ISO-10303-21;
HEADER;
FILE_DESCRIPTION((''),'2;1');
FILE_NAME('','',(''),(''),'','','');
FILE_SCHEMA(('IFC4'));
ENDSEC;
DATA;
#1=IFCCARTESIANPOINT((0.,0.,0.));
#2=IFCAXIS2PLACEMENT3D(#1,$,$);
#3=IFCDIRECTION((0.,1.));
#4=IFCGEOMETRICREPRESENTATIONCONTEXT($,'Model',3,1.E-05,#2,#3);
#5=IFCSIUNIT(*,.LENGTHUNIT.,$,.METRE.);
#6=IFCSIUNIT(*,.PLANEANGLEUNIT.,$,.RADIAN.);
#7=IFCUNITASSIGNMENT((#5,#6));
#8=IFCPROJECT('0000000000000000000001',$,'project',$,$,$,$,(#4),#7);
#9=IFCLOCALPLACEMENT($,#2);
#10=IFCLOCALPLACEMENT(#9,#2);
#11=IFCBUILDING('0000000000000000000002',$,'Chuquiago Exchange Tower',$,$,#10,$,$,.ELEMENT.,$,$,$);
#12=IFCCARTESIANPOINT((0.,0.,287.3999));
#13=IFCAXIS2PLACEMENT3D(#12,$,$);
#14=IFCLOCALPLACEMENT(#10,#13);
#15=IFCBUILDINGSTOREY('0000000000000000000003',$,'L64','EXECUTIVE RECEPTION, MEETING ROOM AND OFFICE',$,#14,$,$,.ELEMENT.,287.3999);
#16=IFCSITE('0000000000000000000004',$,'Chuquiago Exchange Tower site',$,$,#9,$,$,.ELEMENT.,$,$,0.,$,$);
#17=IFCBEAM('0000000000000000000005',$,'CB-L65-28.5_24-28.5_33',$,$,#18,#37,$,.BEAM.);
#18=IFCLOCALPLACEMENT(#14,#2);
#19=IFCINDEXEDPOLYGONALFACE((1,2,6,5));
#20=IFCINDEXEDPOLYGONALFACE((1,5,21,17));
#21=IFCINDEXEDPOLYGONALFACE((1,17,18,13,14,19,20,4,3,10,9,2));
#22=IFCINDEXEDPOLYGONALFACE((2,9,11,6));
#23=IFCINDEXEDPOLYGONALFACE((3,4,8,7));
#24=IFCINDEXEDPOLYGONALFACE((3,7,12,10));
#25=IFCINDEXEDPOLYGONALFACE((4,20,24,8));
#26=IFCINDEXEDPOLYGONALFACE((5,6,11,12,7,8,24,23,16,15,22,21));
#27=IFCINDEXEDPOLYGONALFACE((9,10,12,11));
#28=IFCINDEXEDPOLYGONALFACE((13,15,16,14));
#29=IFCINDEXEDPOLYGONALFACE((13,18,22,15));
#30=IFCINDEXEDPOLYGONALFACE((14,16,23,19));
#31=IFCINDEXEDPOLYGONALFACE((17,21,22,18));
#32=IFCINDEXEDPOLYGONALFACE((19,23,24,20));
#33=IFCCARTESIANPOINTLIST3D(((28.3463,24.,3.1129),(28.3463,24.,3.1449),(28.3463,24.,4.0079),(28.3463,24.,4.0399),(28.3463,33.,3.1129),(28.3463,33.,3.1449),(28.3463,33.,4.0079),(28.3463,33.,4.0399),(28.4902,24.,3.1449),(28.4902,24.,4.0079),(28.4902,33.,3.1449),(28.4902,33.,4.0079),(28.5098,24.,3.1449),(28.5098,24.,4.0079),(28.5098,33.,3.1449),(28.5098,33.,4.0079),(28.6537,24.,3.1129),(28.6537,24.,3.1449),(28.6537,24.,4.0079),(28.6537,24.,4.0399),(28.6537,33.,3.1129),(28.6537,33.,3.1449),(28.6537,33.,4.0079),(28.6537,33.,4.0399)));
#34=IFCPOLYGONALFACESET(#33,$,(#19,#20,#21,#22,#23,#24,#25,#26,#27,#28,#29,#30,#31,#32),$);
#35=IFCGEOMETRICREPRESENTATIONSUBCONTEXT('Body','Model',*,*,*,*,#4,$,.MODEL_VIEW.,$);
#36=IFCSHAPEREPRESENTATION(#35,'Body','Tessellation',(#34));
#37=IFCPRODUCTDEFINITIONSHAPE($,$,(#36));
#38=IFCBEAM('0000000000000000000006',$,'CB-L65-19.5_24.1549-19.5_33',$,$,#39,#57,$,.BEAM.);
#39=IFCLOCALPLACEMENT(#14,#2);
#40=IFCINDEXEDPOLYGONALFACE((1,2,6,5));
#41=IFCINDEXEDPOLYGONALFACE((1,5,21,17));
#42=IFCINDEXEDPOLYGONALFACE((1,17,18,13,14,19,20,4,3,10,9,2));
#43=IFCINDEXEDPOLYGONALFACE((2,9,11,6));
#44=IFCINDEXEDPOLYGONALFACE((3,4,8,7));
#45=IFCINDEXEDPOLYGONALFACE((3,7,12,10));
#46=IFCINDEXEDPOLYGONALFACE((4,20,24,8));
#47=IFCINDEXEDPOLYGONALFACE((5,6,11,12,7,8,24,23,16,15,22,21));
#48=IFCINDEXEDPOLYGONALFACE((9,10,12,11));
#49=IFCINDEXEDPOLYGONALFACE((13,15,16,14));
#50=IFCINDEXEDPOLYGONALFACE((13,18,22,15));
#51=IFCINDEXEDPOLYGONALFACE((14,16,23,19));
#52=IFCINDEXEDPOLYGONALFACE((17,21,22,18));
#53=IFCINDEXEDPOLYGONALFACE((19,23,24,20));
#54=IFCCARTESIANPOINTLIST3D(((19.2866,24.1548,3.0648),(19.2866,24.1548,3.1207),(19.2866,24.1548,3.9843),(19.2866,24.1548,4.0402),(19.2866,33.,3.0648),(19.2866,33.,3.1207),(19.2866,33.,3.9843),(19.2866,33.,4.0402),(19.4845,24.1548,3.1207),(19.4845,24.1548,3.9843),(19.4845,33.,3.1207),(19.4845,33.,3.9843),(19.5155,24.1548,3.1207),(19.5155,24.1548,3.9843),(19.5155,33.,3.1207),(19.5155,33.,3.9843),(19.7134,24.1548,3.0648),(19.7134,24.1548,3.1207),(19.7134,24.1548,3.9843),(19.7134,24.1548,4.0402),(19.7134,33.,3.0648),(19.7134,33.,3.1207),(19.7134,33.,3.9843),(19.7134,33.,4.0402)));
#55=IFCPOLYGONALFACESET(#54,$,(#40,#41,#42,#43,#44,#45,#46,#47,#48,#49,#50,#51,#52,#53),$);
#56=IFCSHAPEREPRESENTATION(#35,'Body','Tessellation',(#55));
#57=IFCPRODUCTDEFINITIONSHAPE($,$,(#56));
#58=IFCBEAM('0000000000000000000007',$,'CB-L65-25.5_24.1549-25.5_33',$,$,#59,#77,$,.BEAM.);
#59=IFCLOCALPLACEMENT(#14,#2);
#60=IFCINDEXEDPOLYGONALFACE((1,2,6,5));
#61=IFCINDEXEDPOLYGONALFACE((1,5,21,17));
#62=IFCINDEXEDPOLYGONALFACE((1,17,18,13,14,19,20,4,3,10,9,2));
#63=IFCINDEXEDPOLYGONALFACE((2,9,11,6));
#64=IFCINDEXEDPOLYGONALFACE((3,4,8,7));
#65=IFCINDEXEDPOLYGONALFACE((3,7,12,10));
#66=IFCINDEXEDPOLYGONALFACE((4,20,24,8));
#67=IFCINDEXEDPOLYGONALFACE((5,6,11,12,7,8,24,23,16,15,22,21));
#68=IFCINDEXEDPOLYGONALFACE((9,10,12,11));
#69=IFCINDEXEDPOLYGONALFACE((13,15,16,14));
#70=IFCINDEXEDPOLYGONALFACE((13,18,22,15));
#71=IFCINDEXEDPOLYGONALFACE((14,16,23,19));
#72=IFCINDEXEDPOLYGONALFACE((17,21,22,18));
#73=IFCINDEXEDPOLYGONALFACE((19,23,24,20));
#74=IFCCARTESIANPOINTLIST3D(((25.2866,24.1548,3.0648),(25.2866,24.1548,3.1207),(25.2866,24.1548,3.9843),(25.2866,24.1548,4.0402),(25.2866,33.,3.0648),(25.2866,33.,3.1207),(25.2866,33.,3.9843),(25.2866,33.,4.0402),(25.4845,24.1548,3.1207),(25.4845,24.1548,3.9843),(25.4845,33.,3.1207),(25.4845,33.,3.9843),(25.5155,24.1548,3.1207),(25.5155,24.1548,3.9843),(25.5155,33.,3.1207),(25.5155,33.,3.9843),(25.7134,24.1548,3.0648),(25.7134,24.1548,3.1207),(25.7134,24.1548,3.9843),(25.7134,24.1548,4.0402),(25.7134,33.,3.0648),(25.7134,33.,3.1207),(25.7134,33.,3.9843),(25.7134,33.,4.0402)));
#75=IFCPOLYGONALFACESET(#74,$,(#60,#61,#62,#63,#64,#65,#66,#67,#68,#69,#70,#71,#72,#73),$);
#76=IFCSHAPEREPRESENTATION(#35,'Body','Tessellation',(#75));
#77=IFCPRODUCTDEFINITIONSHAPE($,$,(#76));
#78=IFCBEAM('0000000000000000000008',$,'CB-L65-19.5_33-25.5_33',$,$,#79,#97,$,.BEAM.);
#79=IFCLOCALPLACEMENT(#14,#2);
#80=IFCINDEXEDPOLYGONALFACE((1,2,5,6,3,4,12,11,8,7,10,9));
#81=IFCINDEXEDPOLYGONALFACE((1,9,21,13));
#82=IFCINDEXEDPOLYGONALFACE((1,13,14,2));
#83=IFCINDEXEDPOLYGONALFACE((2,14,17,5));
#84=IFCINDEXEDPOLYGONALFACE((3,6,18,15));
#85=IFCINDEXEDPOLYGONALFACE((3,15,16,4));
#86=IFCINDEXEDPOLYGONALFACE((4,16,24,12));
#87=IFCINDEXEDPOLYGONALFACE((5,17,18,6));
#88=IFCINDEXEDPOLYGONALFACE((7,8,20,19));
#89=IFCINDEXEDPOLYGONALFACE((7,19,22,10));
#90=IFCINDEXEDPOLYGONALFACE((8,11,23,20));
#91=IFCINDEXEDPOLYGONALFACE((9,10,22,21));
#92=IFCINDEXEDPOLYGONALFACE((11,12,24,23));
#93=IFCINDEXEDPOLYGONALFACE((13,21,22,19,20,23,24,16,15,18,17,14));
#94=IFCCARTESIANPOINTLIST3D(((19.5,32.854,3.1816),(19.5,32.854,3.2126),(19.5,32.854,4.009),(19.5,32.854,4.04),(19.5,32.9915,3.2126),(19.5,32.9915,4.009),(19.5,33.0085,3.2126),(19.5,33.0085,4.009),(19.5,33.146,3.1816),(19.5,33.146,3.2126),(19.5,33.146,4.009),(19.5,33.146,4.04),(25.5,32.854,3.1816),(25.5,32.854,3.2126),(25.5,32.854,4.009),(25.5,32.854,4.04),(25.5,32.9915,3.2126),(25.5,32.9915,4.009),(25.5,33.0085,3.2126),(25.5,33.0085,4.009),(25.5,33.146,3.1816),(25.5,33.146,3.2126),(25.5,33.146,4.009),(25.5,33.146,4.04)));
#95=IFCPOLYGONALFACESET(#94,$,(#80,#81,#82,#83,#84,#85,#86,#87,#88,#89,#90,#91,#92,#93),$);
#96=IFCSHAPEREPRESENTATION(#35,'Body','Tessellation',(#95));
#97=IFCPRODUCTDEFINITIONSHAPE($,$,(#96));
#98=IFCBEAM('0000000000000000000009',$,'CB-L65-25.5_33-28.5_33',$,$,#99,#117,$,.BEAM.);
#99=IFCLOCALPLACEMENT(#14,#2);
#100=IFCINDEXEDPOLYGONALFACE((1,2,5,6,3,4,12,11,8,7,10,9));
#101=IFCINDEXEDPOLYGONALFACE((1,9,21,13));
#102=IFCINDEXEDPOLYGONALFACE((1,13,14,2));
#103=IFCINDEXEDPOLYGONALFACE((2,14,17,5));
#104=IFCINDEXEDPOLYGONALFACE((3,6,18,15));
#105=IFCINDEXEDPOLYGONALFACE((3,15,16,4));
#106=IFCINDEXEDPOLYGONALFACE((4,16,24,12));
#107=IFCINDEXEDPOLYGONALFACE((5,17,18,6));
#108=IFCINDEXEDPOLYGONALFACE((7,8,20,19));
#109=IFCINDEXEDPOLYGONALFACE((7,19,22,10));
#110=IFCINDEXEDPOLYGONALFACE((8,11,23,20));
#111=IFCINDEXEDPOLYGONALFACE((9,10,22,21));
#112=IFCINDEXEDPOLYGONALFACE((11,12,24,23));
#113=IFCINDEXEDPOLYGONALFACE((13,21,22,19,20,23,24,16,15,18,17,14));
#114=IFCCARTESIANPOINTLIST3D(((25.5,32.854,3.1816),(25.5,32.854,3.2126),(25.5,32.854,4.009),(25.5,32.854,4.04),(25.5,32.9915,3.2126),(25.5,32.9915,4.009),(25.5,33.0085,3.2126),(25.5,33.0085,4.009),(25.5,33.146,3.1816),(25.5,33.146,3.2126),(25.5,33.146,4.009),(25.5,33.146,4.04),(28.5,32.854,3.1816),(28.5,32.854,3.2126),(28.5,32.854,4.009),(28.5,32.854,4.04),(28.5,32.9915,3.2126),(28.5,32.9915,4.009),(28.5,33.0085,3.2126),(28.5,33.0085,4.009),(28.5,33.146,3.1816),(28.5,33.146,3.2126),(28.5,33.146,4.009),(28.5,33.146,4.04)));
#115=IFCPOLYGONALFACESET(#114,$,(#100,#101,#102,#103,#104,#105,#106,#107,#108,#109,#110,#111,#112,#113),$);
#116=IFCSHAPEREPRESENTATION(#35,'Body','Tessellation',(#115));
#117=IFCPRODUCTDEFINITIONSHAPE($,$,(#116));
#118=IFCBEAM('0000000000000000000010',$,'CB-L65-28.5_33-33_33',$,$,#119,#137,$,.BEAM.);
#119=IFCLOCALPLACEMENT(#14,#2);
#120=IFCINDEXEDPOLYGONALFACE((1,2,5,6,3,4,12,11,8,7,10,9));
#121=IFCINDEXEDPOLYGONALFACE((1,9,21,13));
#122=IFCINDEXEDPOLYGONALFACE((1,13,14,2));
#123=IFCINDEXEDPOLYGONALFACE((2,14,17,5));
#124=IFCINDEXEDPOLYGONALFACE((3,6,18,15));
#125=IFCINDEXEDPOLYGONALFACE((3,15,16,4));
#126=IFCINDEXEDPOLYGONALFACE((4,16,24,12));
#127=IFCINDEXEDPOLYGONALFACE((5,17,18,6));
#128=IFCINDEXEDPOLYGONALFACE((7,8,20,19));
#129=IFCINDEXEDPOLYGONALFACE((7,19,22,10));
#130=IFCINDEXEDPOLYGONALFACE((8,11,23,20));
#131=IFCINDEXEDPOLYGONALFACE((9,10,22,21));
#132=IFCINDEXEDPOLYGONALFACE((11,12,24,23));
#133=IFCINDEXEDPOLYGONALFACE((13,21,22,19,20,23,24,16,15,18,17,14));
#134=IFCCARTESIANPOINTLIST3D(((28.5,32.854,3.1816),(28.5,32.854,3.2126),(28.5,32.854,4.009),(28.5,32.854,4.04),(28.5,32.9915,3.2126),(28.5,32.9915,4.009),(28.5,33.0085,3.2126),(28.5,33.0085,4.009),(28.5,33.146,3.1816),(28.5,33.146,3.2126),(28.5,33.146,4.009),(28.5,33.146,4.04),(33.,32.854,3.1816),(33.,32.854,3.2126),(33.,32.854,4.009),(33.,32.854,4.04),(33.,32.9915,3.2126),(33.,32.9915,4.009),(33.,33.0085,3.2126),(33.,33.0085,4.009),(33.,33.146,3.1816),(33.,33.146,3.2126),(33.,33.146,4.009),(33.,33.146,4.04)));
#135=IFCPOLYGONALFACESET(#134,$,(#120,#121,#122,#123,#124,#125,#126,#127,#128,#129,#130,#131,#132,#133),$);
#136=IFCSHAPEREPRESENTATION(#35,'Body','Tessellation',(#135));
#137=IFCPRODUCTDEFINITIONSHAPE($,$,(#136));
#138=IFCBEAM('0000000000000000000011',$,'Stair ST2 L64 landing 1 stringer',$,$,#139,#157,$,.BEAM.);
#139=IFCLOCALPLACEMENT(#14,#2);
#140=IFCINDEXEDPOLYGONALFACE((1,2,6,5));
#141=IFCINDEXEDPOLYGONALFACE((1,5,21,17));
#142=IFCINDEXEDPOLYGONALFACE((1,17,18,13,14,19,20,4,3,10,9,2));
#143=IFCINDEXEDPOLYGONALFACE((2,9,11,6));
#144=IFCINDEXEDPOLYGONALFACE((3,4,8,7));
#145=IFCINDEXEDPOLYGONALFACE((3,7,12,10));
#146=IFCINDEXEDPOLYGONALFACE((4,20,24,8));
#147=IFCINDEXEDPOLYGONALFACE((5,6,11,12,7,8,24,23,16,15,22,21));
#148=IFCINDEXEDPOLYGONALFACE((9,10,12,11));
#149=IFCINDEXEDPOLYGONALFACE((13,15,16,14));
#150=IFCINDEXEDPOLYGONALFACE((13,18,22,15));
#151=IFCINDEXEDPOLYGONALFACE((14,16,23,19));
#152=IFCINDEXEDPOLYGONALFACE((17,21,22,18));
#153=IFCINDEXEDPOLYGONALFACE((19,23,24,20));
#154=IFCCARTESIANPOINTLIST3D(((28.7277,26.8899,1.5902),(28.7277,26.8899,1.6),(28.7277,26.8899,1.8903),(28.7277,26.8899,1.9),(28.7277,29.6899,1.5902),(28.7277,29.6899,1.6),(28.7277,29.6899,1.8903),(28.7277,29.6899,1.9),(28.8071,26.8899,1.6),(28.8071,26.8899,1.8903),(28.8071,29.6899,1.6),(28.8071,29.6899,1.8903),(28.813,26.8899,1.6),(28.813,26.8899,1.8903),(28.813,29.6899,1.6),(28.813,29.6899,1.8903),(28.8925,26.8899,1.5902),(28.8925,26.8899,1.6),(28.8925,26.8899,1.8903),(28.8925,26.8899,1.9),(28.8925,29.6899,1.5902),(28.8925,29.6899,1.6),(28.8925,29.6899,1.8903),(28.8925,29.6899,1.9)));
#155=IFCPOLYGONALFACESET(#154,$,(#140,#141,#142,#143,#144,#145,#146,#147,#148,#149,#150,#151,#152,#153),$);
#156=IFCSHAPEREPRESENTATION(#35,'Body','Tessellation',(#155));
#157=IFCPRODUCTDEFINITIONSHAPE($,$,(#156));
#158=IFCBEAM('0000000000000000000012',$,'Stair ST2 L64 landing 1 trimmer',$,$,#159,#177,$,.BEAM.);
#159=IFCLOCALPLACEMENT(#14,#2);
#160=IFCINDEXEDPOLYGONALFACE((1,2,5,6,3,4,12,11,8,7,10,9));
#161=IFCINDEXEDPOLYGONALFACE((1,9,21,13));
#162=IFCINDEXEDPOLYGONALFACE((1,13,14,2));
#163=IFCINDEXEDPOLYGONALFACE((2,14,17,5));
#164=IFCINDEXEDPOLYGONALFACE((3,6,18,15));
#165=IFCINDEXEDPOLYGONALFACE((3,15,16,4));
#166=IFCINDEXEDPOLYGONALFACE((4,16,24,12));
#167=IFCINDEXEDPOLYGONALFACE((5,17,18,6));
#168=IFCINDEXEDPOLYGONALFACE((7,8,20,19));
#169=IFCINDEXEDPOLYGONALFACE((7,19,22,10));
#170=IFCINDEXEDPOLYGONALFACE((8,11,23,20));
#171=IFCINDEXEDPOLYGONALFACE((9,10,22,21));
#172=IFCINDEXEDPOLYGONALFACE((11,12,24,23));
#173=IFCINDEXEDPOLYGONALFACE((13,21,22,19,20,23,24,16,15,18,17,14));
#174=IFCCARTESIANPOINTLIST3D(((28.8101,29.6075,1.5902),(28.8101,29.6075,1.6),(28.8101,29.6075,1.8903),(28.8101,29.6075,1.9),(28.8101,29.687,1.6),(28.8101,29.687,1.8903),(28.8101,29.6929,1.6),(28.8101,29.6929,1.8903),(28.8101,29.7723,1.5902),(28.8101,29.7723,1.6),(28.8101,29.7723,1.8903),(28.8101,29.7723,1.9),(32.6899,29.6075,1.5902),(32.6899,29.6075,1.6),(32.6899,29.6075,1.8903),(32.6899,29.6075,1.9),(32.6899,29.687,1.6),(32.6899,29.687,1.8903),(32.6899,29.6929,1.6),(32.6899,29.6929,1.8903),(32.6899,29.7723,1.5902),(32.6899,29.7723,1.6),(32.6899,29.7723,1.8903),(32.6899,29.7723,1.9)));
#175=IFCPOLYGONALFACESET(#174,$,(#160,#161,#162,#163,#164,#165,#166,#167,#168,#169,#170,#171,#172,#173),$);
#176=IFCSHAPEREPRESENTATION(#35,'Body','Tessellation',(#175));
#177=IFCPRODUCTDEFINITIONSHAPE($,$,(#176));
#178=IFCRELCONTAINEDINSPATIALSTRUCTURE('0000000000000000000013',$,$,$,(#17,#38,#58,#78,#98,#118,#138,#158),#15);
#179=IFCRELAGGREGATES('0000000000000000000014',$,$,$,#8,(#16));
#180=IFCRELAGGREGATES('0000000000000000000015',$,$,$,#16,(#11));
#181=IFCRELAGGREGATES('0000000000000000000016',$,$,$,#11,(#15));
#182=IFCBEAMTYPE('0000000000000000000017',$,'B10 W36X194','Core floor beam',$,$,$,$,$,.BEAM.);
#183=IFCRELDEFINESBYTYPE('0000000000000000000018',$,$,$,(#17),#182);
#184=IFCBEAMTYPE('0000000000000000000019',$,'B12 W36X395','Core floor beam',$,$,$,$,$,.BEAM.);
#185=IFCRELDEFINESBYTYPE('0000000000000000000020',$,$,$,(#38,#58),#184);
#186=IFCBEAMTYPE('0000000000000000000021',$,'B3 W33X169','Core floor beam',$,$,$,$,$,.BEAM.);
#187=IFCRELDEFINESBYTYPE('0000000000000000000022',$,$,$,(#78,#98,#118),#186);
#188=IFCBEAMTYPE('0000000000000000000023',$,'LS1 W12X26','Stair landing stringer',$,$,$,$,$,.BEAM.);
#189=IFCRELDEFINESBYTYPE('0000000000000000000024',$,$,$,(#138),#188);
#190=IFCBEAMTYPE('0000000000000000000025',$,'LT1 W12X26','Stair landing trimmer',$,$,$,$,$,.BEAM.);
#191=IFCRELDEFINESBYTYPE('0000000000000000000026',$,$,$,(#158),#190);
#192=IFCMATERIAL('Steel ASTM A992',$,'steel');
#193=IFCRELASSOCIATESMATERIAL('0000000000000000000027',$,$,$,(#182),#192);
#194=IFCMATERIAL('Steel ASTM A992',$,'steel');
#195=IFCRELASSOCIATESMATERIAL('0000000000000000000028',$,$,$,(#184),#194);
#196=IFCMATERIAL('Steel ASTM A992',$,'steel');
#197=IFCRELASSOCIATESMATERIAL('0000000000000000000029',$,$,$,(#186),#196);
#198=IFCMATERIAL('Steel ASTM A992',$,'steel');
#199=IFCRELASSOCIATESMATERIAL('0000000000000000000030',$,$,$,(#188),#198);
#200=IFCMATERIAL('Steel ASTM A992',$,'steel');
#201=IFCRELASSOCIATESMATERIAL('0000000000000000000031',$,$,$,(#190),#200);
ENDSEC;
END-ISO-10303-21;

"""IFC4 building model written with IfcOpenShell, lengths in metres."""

from ifc_helpers import new_model, si_unit, direction, frame, origin, origin_2d, place, context, subcontext, project, spatial, i_section, extrude, material, material_profile, profile_set, type_object, element, save


model = new_model("IFC4")

# Units and contexts
model_context = context("Model", 3, precision=1e-05, world=origin(), true_north=direction((0.0, 1.0)))
body_context = subcontext(model_context, "Body", "Model", "MODEL_VIEW")
ifc_project = project(units=[si_unit("LENGTHUNIT", "METRE"), si_unit("PLANEANGLEUNIT", "RADIAN")], contexts=[model_context])

# Site, building, storey
site_placement = place(None, origin())
site = spatial("IfcSite", under=ifc_project, at=site_placement, Name="Chuquiago Exchange Tower site", CompositionType="ELEMENT", RefElevation=0.0)
building_placement = place(site_placement, origin())
building = spatial("IfcBuilding", under=site, at=building_placement, Name="Chuquiago Exchange Tower", CompositionType="ELEMENT")
storey_placement = place(building_placement, frame((0.0, 0.0, 287.3999)))
storey = spatial("IfcBuildingStorey", under=building, at=storey_placement, Name="L64", Description="EXECUTIVE RECEPTION, MEETING ROOM AND OFFICE", CompositionType="ELEMENT", Elevation=287.3999)

# Beams
ifc_material_1 = material(Name="Steel ASTM A992", Category="steel")
ifc_material_profile_1 = material_profile(ifc_material_1, i_section(OverallWidth=0.3074, OverallDepth=0.927, WebThickness=0.0195, FlangeThickness=0.032, at=origin_2d()), Name="W36X194")
ifc_profile_set_1 = profile_set([ifc_material_profile_1], Name="Steel ASTM A992")
beam_type_1 = type_object("IfcBeamType", Name="B10 W36X194", Description="Core floor beam", PredefinedType="BEAM", material=ifc_profile_set_1)
beam_1_placement = place(storey_placement, frame((28.5, 24.0, 3.5764), z_axis=(0.0, 1.0, 0.0), x_axis=(-1.0, 0.0, 0.0)))
element("IfcBeam", 1, at=beam_1_placement, inside=storey, type_object=beam_type_1, Name="CB-L65-28.5_24-28.5_33", PredefinedType="BEAM", context=body_context, shape_type="SweptSolid", body=[
    extrude(i_section(OverallWidth=0.3074, OverallDepth=0.927, WebThickness=0.0195, FlangeThickness=0.032, at=origin_2d()), origin(), (0.0, 0.0, 1.0), 9.0),
])
ifc_material_2 = material(Name="Steel ASTM A992", Category="steel")
ifc_material_profile_2 = material_profile(ifc_material_2, i_section(OverallWidth=0.4268, OverallDepth=0.9753, WebThickness=0.031, FlangeThickness=0.0559, at=origin_2d()), Name="W36X395")
ifc_profile_set_2 = profile_set([ifc_material_profile_2], Name="Steel ASTM A992")
beam_type_2 = type_object("IfcBeamType", Name="B12 W36X395", Description="Core floor beam", PredefinedType="BEAM", material=ifc_profile_set_2)
for number, where, z_axis, x_axis, name in (
    (2, (19.5, 24.1548, 3.5525), (0.0, 1.0, 0.0), (-1.0, 0.0, 0.0), "CB-L65-19.5_24.1549-19.5_33"),
    (3, (25.5, 24.1548, 3.5525), (0.0, 1.0, 0.0), (-1.0, 0.0, 0.0), "CB-L65-25.5_24.1549-25.5_33"),
):
    element("IfcBeam", number, at=place(storey_placement, frame(where, z_axis=z_axis, x_axis=x_axis)), inside=storey, type_object=beam_type_2, Name=name, PredefinedType="BEAM", context=body_context, shape_type="SweptSolid", body=[
        extrude(i_section(OverallWidth=0.4268, OverallDepth=0.9753, WebThickness=0.031, FlangeThickness=0.0559, at=origin_2d()), origin(), (0.0, 0.0, 1.0), 8.8452),
    ])
ifc_material_3 = material(Name="Steel ASTM A992", Category="steel")
ifc_material_profile_3 = material_profile(ifc_material_3, i_section(OverallWidth=0.292, OverallDepth=0.8584, WebThickness=0.0171, FlangeThickness=0.031, at=origin_2d()), Name="W33X169")
ifc_profile_set_3 = profile_set([ifc_material_profile_3], Name="Steel ASTM A992")
beam_type_3 = type_object("IfcBeamType", Name="B3 W33X169", Description="Core floor beam", PredefinedType="BEAM", material=ifc_profile_set_3)
beam_2_placement = place(storey_placement, frame((19.5, 33.0, 3.6108), z_axis=(1.0, 0.0, 0.0), x_axis=(0.0, 1.0, 0.0)))
element("IfcBeam", 4, at=beam_2_placement, inside=storey, type_object=beam_type_3, Name="CB-L65-19.5_33-25.5_33", PredefinedType="BEAM", context=body_context, shape_type="SweptSolid", body=[
    extrude(i_section(OverallWidth=0.292, OverallDepth=0.8584, WebThickness=0.0171, FlangeThickness=0.031, at=origin_2d()), origin(), (0.0, 0.0, 1.0), 6.0),
])
beam_3_placement = place(storey_placement, frame((25.5, 33.0, 3.6108), z_axis=(1.0, 0.0, 0.0), x_axis=(0.0, 1.0, 0.0)))
element("IfcBeam", 5, at=beam_3_placement, inside=storey, type_object=beam_type_3, Name="CB-L65-25.5_33-28.5_33", PredefinedType="BEAM", context=body_context, shape_type="SweptSolid", body=[
    extrude(i_section(OverallWidth=0.292, OverallDepth=0.8584, WebThickness=0.0171, FlangeThickness=0.031, at=origin_2d()), origin(), (0.0, 0.0, 1.0), 3.0),
])
beam_4_placement = place(storey_placement, frame((28.5, 33.0, 3.6108), z_axis=(1.0, 0.0, 0.0), x_axis=(0.0, 1.0, 0.0)))
element("IfcBeam", 6, at=beam_4_placement, inside=storey, type_object=beam_type_3, Name="CB-L65-28.5_33-33_33", PredefinedType="BEAM", context=body_context, shape_type="SweptSolid", body=[
    extrude(i_section(OverallWidth=0.292, OverallDepth=0.8584, WebThickness=0.0171, FlangeThickness=0.031, at=origin_2d()), origin(), (0.0, 0.0, 1.0), 4.5),
])
ifc_material_4 = material(Name="Steel ASTM A992", Category="steel")
ifc_material_profile_4 = material_profile(ifc_material_4, i_section(OverallWidth=0.1648, OverallDepth=0.3098, WebThickness=0.0059, FlangeThickness=0.0098, at=origin_2d()), Name="W12X26")
ifc_profile_set_4 = profile_set([ifc_material_profile_4], Name="Steel ASTM A992")
beam_type_4 = type_object("IfcBeamType", Name="LS1 W12X26", Description="Stair landing stringer", PredefinedType="BEAM", material=ifc_profile_set_4)
beam_5_placement = place(storey_placement, frame((28.8101, 26.8899, 1.7451), z_axis=(0.0, 1.0, 0.0), x_axis=(-1.0, 0.0, 0.0)))
element("IfcBeam", 7, at=beam_5_placement, inside=storey, type_object=beam_type_4, Name="Stair ST2 L64 landing 1 stringer", PredefinedType="BEAM", context=body_context, shape_type="SweptSolid", body=[
    extrude(i_section(OverallWidth=0.1648, OverallDepth=0.3098, WebThickness=0.0059, FlangeThickness=0.0098, at=origin_2d()), origin(), (0.0, 0.0, 1.0), 2.8),
])
ifc_material_5 = material(Name="Steel ASTM A992", Category="steel")
ifc_material_profile_5 = material_profile(ifc_material_5, i_section(OverallWidth=0.1648, OverallDepth=0.3098, WebThickness=0.0059, FlangeThickness=0.0098, at=origin_2d()), Name="W12X26")
ifc_profile_set_5 = profile_set([ifc_material_profile_5], Name="Steel ASTM A992")
beam_type_5 = type_object("IfcBeamType", Name="LT1 W12X26", Description="Stair landing trimmer", PredefinedType="BEAM", material=ifc_profile_set_5)
for number, where, z_axis, x_axis, name in (
    (8, (28.8101, 29.6899, 1.7451), (1.0, 0.0, 0.0), (0.0, 1.0, 0.0), "Stair ST2 L64 landing 1 trimmer"),
):
    element("IfcBeam", number, at=place(storey_placement, frame(where, z_axis=z_axis, x_axis=x_axis)), inside=storey, type_object=beam_type_5, Name=name, PredefinedType="BEAM", context=body_context, shape_type="SweptSolid", body=[
        extrude(i_section(OverallWidth=0.1648, OverallDepth=0.3098, WebThickness=0.0059, FlangeThickness=0.0098, at=origin_2d()), origin(), (0.0, 0.0, 1.0), 3.8799),
    ])

save(model, "model.ifc")
